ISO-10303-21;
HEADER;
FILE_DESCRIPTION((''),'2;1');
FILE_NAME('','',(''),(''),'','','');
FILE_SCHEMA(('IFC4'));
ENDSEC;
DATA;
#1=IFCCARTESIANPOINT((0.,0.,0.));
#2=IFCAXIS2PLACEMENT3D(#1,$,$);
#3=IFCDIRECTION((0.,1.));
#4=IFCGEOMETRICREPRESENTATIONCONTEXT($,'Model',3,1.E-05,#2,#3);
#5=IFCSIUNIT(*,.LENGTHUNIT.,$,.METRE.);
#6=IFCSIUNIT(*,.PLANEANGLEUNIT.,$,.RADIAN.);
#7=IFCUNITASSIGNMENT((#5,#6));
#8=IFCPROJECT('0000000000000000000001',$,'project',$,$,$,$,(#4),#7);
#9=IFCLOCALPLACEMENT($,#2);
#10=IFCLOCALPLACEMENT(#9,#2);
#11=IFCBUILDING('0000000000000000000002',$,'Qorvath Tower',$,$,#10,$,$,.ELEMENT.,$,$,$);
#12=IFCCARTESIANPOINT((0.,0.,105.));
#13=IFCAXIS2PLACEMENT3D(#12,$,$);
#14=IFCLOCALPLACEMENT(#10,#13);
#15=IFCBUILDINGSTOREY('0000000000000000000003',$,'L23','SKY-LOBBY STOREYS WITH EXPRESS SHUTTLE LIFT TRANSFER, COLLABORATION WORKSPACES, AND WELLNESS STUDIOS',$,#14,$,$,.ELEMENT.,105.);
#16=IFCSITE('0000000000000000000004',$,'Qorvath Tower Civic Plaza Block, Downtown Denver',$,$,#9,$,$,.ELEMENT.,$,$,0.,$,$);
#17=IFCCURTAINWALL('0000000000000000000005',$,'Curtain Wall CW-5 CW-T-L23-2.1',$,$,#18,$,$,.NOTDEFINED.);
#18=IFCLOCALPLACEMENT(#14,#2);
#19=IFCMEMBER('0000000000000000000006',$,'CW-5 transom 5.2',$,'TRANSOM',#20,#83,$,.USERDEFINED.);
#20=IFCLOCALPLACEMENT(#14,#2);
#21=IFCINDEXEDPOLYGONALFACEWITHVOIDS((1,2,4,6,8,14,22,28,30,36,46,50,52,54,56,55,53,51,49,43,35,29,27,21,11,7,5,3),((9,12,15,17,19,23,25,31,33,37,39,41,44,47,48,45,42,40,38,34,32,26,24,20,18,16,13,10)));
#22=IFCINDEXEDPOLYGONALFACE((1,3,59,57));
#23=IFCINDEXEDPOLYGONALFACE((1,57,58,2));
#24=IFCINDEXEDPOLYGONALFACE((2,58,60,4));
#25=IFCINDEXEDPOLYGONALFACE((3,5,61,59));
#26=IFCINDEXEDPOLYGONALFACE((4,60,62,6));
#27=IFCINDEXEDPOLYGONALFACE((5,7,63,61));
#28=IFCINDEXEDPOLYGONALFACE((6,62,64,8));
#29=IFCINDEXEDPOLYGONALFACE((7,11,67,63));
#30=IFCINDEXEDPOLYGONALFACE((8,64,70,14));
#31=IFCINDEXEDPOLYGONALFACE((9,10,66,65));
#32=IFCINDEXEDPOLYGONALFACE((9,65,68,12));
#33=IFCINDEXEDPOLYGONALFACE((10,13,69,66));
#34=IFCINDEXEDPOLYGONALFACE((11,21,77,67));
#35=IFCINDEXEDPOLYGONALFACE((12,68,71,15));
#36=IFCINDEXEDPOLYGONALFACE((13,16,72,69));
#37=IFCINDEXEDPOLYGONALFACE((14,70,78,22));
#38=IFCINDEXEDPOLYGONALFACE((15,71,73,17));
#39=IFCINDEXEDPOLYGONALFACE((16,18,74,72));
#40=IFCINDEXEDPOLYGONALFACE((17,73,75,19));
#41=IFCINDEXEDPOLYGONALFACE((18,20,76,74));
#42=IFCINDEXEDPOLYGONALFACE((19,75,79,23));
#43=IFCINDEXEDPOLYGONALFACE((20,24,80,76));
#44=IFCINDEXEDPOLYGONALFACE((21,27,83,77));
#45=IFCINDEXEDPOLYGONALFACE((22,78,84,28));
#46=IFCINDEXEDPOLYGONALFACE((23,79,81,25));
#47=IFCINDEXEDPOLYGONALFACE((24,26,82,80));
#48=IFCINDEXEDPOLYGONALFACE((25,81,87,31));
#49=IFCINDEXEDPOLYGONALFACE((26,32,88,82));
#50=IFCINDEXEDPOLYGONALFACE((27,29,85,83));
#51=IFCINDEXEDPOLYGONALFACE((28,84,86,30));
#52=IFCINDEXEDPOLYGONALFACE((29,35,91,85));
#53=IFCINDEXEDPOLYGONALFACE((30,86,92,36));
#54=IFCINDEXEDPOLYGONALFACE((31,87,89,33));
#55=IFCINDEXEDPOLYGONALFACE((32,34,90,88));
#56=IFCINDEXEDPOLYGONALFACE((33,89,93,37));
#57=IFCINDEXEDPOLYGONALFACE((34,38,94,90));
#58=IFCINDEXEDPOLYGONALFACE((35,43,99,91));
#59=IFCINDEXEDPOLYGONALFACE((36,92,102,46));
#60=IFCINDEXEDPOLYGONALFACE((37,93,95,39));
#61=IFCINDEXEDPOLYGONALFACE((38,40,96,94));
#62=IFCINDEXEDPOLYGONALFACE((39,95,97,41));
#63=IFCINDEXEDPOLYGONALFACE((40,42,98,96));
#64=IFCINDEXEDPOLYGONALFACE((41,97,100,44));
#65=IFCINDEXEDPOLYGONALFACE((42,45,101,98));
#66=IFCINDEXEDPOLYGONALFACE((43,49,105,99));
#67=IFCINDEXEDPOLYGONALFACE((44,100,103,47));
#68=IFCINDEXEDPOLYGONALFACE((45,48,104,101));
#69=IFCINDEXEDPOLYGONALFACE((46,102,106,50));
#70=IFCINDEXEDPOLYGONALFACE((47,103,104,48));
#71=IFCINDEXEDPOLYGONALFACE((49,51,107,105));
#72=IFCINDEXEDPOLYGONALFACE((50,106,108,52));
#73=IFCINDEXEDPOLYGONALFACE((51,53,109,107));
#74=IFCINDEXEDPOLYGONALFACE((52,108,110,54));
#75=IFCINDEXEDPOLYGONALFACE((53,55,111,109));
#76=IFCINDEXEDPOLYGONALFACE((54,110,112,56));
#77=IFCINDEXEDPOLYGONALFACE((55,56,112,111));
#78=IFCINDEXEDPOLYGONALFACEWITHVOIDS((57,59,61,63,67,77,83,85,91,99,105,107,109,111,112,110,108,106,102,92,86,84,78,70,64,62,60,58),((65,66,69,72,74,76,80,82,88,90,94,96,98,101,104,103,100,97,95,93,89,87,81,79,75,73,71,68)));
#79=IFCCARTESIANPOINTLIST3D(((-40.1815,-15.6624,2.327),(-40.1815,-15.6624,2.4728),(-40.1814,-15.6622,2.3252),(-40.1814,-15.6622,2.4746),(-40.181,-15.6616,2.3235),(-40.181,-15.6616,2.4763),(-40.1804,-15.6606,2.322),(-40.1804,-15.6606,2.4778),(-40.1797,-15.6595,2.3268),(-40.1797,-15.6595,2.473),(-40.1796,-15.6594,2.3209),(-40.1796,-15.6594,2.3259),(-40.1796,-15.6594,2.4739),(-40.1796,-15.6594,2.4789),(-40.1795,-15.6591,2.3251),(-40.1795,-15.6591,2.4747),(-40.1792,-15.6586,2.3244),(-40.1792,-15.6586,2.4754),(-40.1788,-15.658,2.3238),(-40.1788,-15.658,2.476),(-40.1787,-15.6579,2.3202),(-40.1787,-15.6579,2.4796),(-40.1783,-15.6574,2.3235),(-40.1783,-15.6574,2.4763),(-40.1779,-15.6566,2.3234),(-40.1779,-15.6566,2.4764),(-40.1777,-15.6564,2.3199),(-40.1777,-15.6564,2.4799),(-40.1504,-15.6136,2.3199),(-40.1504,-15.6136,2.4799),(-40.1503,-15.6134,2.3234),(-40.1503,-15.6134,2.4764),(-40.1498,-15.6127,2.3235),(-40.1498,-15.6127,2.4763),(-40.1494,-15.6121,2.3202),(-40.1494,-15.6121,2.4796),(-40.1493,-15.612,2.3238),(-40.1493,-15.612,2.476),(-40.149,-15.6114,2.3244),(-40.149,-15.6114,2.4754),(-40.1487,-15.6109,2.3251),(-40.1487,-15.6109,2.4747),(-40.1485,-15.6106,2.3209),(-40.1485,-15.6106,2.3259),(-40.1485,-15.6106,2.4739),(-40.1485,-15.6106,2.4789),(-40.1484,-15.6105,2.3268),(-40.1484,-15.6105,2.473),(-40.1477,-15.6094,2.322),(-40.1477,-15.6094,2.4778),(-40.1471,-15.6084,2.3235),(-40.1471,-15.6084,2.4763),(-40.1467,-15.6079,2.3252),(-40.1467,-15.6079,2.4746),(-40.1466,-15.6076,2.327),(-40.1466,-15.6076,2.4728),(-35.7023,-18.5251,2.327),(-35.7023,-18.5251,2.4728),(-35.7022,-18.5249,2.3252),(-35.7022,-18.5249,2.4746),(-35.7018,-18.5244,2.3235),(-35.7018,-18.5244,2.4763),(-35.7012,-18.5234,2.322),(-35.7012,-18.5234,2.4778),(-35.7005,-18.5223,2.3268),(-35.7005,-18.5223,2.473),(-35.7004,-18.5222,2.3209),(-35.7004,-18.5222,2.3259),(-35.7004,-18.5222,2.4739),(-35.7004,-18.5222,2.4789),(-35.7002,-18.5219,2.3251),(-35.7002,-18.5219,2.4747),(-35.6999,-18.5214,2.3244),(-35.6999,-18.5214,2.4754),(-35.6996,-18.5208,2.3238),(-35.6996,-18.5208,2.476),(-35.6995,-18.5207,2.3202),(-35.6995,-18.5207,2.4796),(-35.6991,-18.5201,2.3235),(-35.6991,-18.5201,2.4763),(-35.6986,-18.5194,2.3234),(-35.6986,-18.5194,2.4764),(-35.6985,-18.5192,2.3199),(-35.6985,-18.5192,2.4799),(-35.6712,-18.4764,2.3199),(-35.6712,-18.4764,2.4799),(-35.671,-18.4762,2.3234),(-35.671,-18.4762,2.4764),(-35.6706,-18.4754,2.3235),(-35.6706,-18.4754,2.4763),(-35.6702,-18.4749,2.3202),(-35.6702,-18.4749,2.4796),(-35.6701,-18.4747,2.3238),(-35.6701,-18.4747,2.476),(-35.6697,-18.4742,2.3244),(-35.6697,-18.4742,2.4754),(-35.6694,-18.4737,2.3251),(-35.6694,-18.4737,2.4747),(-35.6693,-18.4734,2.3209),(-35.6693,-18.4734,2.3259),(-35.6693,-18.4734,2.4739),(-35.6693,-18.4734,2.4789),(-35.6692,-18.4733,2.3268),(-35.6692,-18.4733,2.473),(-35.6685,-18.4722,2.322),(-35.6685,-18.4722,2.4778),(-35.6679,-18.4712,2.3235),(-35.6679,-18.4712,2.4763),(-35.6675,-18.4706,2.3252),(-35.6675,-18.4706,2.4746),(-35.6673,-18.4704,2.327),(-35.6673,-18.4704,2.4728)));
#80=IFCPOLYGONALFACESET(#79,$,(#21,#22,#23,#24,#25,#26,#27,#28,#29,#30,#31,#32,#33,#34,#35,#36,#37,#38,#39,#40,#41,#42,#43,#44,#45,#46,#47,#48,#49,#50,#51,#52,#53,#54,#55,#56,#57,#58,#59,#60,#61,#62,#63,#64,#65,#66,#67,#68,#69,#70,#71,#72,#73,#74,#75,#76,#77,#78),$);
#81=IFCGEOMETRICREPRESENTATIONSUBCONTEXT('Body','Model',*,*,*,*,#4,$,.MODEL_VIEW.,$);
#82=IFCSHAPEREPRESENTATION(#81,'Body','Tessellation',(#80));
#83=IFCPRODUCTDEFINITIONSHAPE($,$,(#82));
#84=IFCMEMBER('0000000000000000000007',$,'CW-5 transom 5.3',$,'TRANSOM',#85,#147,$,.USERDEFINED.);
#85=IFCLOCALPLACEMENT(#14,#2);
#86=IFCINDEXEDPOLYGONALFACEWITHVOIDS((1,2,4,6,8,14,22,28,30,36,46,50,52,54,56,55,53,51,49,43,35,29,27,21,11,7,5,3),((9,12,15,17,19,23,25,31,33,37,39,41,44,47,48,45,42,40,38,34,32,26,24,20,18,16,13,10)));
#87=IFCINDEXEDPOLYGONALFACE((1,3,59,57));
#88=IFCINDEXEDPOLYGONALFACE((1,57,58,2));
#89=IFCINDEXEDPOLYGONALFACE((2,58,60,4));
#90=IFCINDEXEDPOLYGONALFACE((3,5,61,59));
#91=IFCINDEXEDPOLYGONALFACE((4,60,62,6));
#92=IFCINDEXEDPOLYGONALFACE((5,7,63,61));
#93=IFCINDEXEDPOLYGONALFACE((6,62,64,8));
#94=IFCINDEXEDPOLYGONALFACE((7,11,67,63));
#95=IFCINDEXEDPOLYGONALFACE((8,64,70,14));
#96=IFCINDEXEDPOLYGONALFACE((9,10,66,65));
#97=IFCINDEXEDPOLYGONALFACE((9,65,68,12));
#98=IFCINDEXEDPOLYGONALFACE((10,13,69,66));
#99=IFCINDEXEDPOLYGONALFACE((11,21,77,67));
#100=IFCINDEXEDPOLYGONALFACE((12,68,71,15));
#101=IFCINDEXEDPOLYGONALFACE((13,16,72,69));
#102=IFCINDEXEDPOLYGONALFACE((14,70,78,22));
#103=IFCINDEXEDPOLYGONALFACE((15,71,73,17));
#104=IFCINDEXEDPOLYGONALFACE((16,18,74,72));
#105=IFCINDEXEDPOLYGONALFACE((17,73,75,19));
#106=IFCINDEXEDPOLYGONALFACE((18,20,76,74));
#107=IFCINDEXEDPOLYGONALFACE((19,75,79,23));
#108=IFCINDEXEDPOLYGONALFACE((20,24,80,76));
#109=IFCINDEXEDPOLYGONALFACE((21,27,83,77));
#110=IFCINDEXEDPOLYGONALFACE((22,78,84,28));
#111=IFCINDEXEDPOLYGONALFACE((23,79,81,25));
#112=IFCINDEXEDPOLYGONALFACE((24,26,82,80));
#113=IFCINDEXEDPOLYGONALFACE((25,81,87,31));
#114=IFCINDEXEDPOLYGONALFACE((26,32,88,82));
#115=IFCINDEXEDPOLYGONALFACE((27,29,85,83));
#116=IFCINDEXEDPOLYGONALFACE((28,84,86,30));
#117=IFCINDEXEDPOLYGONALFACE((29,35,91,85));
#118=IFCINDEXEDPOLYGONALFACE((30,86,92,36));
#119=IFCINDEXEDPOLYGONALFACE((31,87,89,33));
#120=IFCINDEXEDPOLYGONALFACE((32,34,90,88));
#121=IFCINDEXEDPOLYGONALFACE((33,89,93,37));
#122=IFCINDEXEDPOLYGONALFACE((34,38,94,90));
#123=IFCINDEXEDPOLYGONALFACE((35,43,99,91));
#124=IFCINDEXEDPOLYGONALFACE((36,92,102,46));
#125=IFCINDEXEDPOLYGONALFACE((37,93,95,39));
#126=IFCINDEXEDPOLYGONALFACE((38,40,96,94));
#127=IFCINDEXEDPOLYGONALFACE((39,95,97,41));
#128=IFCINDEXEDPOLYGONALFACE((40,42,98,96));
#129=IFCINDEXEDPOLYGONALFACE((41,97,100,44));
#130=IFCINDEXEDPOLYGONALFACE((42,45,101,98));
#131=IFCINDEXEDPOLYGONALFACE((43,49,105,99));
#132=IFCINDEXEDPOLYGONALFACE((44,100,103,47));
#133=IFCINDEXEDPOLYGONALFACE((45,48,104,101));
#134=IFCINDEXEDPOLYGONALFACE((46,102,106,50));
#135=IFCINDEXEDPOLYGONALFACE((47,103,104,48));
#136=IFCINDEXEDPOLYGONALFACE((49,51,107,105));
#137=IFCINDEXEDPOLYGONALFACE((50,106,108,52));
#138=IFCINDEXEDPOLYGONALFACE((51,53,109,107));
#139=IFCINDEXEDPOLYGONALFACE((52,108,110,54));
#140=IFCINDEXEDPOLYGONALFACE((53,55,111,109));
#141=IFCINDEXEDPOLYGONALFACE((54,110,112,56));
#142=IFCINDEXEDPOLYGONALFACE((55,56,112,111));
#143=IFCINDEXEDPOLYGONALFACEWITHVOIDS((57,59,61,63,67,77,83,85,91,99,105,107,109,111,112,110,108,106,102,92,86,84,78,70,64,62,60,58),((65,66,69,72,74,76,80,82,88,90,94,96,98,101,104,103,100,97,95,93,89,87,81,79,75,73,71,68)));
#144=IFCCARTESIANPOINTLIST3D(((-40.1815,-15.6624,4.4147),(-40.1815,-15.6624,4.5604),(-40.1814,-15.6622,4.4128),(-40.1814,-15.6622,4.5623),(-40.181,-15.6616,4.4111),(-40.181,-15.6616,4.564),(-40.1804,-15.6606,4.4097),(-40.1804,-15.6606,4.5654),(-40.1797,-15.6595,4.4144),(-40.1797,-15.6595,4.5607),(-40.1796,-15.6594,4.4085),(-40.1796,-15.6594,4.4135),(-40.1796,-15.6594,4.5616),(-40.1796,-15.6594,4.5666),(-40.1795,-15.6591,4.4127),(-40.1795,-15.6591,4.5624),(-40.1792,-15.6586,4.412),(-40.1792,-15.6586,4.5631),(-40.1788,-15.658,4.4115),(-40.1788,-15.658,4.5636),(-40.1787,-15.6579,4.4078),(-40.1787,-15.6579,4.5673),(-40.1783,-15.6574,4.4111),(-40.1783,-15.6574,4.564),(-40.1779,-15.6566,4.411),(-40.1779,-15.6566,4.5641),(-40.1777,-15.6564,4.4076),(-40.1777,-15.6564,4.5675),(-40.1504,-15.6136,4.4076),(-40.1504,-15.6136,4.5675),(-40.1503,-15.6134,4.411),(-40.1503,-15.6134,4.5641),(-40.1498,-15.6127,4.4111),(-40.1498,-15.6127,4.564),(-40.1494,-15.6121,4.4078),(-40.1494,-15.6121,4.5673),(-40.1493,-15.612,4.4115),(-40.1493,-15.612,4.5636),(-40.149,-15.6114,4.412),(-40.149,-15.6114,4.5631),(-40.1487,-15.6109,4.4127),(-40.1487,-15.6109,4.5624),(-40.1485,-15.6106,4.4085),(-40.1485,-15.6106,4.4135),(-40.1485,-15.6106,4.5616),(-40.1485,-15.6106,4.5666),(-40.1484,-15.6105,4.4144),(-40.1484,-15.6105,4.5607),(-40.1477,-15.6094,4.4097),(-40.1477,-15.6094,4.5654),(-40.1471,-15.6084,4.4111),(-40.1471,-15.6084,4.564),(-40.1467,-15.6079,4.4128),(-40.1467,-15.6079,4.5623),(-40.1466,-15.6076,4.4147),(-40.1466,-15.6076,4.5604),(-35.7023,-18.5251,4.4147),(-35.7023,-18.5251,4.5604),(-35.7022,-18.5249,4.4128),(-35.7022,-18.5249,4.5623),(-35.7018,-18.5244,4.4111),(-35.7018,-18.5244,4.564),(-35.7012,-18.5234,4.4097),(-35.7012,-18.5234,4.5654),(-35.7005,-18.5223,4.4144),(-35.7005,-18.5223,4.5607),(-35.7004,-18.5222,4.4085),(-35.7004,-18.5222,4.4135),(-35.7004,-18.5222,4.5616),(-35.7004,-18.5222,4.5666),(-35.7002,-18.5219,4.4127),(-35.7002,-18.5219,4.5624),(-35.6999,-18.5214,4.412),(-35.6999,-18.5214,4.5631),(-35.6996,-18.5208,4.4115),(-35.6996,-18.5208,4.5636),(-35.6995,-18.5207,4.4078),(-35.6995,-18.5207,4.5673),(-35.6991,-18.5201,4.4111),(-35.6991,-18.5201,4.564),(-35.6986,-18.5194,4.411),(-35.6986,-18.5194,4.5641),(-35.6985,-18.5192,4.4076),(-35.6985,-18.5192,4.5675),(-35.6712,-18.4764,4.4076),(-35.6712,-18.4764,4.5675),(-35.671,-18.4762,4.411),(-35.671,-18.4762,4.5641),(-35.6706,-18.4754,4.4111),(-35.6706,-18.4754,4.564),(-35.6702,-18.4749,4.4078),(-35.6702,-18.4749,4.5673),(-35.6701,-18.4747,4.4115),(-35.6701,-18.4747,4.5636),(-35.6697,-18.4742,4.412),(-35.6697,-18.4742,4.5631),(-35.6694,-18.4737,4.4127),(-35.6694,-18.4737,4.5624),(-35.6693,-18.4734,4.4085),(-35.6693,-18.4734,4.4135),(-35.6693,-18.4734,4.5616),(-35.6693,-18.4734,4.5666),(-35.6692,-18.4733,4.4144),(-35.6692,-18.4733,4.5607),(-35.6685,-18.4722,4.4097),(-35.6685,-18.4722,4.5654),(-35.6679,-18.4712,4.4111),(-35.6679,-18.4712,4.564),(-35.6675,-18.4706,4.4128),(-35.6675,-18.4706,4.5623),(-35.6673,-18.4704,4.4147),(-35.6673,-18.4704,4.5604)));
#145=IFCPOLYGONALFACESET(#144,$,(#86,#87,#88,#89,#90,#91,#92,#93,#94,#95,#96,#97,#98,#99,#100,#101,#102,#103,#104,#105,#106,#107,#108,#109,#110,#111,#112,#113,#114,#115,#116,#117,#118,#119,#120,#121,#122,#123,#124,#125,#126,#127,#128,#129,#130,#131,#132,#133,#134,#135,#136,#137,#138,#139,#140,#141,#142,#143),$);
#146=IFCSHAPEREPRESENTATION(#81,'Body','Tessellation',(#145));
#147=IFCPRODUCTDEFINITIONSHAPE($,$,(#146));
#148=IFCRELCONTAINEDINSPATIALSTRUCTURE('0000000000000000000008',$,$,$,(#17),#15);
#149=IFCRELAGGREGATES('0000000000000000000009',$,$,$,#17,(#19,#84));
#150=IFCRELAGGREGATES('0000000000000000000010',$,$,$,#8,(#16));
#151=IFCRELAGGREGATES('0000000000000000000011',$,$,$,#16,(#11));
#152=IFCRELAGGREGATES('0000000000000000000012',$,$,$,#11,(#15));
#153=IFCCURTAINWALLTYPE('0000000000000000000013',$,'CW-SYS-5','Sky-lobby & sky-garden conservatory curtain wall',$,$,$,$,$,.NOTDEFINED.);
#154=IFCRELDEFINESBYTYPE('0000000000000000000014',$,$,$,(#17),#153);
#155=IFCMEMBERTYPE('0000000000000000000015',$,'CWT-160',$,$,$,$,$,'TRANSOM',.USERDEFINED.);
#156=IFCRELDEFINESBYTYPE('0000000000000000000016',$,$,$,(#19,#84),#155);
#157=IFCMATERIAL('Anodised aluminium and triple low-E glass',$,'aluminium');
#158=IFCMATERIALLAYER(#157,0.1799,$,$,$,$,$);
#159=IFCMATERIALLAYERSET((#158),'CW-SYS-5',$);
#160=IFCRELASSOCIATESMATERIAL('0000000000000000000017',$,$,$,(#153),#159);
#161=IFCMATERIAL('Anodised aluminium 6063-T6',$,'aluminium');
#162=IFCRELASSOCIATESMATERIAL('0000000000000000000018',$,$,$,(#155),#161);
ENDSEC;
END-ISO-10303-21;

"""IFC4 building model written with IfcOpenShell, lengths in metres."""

from ifc_helpers import new_model, si_unit, direction, frame, origin, origin_2d, place, context, subcontext, project, spatial, hollow_rectangle, extrude, material, layer, layer_set, material_profile, profile_set, type_object, element, aggregate, save


model = new_model("IFC4")

# Units and contexts
model_context = context("Model", 3, precision=1e-05, world=origin(), true_north=direction((0.0, 1.0)))
body_context = subcontext(model_context, "Body", "Model", "MODEL_VIEW")
ifc_project = project(units=[si_unit("LENGTHUNIT", "METRE"), si_unit("PLANEANGLEUNIT", "RADIAN")], contexts=[model_context])

# Site, building, storey
site_placement = place(None, origin())
site = spatial("IfcSite", under=ifc_project, at=site_placement, Name="Qorvath Tower Civic Plaza Block, Downtown Denver", CompositionType="ELEMENT", RefElevation=0.0)
building_placement = place(site_placement, origin())
building = spatial("IfcBuilding", under=site, at=building_placement, Name="Qorvath Tower", CompositionType="ELEMENT")
storey_placement = place(building_placement, frame((0.0, 0.0, 105.0)))
storey = spatial("IfcBuildingStorey", under=building, at=storey_placement, Name="L23", Description="SKY-LOBBY STOREYS WITH EXPRESS SHUTTLE LIFT TRANSFER, COLLABORATION WORKSPACES, AND WELLNESS STUDIOS", CompositionType="ELEMENT", Elevation=105.0)

# Curtain wall
ifc_material_1 = material(Name="Anodised aluminium and triple low-E glass", Category="aluminium")
ifc_layer_1 = layer(ifc_material_1, 0.1799)
ifc_layer_set_1 = layer_set([ifc_layer_1], Name="CW-SYS-5")
curtain_wall_type = type_object("IfcCurtainWallType", Name="CW-SYS-5", Description="Sky-lobby & sky-garden conservatory curtain wall", PredefinedType="NOTDEFINED", material=ifc_layer_set_1)
curtain_wall_1_placement = place(storey_placement, origin())
curtain_wall_1 = element("IfcCurtainWall", 1, at=curtain_wall_1_placement, inside=storey, type_object=curtain_wall_type, Name="Curtain Wall CW-5 CW-T-L23-2.1", PredefinedType="NOTDEFINED")

# Members
ifc_material_2 = material(Name="Anodised aluminium 6063-T6", Category="aluminium")
ifc_material_profile_1 = material_profile(ifc_material_2, hollow_rectangle(XDim=0.0649, YDim=0.1599, WallThickness=0.0034, InnerFilletRadius=0.0034, OuterFilletRadius=0.0071, at=origin_2d()), Name="CWT 160x65")
ifc_profile_set_1 = profile_set([ifc_material_profile_1], Name="Anodised aluminium 6063-T6")
member_type_1 = type_object("IfcMemberType", Name="CWT-160", ElementType="TRANSOM", PredefinedType="USERDEFINED", material=ifc_profile_set_1)
member_1_placement = place(storey_placement, frame((-40.1641, -15.635, 2.3999), z_axis=(0.842607, -0.53853, 0.0), x_axis=(0.53853, 0.842607, 0.0)))
member_1 = element("IfcMember", 2, at=member_1_placement, type_object=member_type_1, Name="CW-5 transom 5.2", ObjectType="TRANSOM", PredefinedType="USERDEFINED", context=body_context, shape_type="SweptSolid", body=[
    extrude(hollow_rectangle(XDim=0.0649, YDim=0.1599, WallThickness=0.0034, InnerFilletRadius=0.0034, OuterFilletRadius=0.0071, at=origin_2d()), origin(), (0.0, 0.0, 1.0), 5.3159),
])
member_2_placement = place(storey_placement, frame((-40.1641, -15.635, 4.4875), z_axis=(0.842607, -0.53853, 0.0), x_axis=(0.53853, 0.842607, 0.0)))
member_2 = element("IfcMember", 3, at=member_2_placement, type_object=member_type_1, Name="CW-5 transom 5.3", ObjectType="TRANSOM", PredefinedType="USERDEFINED", context=body_context, shape_type="SweptSolid", body=[
    extrude(hollow_rectangle(XDim=0.0649, YDim=0.1599, WallThickness=0.0034, InnerFilletRadius=0.0034, OuterFilletRadius=0.0071, at=origin_2d()), origin(), (0.0, 0.0, 1.0), 5.3159),
])

aggregate(curtain_wall_1, [member_1, member_2])

save(model, "model.ifc")
